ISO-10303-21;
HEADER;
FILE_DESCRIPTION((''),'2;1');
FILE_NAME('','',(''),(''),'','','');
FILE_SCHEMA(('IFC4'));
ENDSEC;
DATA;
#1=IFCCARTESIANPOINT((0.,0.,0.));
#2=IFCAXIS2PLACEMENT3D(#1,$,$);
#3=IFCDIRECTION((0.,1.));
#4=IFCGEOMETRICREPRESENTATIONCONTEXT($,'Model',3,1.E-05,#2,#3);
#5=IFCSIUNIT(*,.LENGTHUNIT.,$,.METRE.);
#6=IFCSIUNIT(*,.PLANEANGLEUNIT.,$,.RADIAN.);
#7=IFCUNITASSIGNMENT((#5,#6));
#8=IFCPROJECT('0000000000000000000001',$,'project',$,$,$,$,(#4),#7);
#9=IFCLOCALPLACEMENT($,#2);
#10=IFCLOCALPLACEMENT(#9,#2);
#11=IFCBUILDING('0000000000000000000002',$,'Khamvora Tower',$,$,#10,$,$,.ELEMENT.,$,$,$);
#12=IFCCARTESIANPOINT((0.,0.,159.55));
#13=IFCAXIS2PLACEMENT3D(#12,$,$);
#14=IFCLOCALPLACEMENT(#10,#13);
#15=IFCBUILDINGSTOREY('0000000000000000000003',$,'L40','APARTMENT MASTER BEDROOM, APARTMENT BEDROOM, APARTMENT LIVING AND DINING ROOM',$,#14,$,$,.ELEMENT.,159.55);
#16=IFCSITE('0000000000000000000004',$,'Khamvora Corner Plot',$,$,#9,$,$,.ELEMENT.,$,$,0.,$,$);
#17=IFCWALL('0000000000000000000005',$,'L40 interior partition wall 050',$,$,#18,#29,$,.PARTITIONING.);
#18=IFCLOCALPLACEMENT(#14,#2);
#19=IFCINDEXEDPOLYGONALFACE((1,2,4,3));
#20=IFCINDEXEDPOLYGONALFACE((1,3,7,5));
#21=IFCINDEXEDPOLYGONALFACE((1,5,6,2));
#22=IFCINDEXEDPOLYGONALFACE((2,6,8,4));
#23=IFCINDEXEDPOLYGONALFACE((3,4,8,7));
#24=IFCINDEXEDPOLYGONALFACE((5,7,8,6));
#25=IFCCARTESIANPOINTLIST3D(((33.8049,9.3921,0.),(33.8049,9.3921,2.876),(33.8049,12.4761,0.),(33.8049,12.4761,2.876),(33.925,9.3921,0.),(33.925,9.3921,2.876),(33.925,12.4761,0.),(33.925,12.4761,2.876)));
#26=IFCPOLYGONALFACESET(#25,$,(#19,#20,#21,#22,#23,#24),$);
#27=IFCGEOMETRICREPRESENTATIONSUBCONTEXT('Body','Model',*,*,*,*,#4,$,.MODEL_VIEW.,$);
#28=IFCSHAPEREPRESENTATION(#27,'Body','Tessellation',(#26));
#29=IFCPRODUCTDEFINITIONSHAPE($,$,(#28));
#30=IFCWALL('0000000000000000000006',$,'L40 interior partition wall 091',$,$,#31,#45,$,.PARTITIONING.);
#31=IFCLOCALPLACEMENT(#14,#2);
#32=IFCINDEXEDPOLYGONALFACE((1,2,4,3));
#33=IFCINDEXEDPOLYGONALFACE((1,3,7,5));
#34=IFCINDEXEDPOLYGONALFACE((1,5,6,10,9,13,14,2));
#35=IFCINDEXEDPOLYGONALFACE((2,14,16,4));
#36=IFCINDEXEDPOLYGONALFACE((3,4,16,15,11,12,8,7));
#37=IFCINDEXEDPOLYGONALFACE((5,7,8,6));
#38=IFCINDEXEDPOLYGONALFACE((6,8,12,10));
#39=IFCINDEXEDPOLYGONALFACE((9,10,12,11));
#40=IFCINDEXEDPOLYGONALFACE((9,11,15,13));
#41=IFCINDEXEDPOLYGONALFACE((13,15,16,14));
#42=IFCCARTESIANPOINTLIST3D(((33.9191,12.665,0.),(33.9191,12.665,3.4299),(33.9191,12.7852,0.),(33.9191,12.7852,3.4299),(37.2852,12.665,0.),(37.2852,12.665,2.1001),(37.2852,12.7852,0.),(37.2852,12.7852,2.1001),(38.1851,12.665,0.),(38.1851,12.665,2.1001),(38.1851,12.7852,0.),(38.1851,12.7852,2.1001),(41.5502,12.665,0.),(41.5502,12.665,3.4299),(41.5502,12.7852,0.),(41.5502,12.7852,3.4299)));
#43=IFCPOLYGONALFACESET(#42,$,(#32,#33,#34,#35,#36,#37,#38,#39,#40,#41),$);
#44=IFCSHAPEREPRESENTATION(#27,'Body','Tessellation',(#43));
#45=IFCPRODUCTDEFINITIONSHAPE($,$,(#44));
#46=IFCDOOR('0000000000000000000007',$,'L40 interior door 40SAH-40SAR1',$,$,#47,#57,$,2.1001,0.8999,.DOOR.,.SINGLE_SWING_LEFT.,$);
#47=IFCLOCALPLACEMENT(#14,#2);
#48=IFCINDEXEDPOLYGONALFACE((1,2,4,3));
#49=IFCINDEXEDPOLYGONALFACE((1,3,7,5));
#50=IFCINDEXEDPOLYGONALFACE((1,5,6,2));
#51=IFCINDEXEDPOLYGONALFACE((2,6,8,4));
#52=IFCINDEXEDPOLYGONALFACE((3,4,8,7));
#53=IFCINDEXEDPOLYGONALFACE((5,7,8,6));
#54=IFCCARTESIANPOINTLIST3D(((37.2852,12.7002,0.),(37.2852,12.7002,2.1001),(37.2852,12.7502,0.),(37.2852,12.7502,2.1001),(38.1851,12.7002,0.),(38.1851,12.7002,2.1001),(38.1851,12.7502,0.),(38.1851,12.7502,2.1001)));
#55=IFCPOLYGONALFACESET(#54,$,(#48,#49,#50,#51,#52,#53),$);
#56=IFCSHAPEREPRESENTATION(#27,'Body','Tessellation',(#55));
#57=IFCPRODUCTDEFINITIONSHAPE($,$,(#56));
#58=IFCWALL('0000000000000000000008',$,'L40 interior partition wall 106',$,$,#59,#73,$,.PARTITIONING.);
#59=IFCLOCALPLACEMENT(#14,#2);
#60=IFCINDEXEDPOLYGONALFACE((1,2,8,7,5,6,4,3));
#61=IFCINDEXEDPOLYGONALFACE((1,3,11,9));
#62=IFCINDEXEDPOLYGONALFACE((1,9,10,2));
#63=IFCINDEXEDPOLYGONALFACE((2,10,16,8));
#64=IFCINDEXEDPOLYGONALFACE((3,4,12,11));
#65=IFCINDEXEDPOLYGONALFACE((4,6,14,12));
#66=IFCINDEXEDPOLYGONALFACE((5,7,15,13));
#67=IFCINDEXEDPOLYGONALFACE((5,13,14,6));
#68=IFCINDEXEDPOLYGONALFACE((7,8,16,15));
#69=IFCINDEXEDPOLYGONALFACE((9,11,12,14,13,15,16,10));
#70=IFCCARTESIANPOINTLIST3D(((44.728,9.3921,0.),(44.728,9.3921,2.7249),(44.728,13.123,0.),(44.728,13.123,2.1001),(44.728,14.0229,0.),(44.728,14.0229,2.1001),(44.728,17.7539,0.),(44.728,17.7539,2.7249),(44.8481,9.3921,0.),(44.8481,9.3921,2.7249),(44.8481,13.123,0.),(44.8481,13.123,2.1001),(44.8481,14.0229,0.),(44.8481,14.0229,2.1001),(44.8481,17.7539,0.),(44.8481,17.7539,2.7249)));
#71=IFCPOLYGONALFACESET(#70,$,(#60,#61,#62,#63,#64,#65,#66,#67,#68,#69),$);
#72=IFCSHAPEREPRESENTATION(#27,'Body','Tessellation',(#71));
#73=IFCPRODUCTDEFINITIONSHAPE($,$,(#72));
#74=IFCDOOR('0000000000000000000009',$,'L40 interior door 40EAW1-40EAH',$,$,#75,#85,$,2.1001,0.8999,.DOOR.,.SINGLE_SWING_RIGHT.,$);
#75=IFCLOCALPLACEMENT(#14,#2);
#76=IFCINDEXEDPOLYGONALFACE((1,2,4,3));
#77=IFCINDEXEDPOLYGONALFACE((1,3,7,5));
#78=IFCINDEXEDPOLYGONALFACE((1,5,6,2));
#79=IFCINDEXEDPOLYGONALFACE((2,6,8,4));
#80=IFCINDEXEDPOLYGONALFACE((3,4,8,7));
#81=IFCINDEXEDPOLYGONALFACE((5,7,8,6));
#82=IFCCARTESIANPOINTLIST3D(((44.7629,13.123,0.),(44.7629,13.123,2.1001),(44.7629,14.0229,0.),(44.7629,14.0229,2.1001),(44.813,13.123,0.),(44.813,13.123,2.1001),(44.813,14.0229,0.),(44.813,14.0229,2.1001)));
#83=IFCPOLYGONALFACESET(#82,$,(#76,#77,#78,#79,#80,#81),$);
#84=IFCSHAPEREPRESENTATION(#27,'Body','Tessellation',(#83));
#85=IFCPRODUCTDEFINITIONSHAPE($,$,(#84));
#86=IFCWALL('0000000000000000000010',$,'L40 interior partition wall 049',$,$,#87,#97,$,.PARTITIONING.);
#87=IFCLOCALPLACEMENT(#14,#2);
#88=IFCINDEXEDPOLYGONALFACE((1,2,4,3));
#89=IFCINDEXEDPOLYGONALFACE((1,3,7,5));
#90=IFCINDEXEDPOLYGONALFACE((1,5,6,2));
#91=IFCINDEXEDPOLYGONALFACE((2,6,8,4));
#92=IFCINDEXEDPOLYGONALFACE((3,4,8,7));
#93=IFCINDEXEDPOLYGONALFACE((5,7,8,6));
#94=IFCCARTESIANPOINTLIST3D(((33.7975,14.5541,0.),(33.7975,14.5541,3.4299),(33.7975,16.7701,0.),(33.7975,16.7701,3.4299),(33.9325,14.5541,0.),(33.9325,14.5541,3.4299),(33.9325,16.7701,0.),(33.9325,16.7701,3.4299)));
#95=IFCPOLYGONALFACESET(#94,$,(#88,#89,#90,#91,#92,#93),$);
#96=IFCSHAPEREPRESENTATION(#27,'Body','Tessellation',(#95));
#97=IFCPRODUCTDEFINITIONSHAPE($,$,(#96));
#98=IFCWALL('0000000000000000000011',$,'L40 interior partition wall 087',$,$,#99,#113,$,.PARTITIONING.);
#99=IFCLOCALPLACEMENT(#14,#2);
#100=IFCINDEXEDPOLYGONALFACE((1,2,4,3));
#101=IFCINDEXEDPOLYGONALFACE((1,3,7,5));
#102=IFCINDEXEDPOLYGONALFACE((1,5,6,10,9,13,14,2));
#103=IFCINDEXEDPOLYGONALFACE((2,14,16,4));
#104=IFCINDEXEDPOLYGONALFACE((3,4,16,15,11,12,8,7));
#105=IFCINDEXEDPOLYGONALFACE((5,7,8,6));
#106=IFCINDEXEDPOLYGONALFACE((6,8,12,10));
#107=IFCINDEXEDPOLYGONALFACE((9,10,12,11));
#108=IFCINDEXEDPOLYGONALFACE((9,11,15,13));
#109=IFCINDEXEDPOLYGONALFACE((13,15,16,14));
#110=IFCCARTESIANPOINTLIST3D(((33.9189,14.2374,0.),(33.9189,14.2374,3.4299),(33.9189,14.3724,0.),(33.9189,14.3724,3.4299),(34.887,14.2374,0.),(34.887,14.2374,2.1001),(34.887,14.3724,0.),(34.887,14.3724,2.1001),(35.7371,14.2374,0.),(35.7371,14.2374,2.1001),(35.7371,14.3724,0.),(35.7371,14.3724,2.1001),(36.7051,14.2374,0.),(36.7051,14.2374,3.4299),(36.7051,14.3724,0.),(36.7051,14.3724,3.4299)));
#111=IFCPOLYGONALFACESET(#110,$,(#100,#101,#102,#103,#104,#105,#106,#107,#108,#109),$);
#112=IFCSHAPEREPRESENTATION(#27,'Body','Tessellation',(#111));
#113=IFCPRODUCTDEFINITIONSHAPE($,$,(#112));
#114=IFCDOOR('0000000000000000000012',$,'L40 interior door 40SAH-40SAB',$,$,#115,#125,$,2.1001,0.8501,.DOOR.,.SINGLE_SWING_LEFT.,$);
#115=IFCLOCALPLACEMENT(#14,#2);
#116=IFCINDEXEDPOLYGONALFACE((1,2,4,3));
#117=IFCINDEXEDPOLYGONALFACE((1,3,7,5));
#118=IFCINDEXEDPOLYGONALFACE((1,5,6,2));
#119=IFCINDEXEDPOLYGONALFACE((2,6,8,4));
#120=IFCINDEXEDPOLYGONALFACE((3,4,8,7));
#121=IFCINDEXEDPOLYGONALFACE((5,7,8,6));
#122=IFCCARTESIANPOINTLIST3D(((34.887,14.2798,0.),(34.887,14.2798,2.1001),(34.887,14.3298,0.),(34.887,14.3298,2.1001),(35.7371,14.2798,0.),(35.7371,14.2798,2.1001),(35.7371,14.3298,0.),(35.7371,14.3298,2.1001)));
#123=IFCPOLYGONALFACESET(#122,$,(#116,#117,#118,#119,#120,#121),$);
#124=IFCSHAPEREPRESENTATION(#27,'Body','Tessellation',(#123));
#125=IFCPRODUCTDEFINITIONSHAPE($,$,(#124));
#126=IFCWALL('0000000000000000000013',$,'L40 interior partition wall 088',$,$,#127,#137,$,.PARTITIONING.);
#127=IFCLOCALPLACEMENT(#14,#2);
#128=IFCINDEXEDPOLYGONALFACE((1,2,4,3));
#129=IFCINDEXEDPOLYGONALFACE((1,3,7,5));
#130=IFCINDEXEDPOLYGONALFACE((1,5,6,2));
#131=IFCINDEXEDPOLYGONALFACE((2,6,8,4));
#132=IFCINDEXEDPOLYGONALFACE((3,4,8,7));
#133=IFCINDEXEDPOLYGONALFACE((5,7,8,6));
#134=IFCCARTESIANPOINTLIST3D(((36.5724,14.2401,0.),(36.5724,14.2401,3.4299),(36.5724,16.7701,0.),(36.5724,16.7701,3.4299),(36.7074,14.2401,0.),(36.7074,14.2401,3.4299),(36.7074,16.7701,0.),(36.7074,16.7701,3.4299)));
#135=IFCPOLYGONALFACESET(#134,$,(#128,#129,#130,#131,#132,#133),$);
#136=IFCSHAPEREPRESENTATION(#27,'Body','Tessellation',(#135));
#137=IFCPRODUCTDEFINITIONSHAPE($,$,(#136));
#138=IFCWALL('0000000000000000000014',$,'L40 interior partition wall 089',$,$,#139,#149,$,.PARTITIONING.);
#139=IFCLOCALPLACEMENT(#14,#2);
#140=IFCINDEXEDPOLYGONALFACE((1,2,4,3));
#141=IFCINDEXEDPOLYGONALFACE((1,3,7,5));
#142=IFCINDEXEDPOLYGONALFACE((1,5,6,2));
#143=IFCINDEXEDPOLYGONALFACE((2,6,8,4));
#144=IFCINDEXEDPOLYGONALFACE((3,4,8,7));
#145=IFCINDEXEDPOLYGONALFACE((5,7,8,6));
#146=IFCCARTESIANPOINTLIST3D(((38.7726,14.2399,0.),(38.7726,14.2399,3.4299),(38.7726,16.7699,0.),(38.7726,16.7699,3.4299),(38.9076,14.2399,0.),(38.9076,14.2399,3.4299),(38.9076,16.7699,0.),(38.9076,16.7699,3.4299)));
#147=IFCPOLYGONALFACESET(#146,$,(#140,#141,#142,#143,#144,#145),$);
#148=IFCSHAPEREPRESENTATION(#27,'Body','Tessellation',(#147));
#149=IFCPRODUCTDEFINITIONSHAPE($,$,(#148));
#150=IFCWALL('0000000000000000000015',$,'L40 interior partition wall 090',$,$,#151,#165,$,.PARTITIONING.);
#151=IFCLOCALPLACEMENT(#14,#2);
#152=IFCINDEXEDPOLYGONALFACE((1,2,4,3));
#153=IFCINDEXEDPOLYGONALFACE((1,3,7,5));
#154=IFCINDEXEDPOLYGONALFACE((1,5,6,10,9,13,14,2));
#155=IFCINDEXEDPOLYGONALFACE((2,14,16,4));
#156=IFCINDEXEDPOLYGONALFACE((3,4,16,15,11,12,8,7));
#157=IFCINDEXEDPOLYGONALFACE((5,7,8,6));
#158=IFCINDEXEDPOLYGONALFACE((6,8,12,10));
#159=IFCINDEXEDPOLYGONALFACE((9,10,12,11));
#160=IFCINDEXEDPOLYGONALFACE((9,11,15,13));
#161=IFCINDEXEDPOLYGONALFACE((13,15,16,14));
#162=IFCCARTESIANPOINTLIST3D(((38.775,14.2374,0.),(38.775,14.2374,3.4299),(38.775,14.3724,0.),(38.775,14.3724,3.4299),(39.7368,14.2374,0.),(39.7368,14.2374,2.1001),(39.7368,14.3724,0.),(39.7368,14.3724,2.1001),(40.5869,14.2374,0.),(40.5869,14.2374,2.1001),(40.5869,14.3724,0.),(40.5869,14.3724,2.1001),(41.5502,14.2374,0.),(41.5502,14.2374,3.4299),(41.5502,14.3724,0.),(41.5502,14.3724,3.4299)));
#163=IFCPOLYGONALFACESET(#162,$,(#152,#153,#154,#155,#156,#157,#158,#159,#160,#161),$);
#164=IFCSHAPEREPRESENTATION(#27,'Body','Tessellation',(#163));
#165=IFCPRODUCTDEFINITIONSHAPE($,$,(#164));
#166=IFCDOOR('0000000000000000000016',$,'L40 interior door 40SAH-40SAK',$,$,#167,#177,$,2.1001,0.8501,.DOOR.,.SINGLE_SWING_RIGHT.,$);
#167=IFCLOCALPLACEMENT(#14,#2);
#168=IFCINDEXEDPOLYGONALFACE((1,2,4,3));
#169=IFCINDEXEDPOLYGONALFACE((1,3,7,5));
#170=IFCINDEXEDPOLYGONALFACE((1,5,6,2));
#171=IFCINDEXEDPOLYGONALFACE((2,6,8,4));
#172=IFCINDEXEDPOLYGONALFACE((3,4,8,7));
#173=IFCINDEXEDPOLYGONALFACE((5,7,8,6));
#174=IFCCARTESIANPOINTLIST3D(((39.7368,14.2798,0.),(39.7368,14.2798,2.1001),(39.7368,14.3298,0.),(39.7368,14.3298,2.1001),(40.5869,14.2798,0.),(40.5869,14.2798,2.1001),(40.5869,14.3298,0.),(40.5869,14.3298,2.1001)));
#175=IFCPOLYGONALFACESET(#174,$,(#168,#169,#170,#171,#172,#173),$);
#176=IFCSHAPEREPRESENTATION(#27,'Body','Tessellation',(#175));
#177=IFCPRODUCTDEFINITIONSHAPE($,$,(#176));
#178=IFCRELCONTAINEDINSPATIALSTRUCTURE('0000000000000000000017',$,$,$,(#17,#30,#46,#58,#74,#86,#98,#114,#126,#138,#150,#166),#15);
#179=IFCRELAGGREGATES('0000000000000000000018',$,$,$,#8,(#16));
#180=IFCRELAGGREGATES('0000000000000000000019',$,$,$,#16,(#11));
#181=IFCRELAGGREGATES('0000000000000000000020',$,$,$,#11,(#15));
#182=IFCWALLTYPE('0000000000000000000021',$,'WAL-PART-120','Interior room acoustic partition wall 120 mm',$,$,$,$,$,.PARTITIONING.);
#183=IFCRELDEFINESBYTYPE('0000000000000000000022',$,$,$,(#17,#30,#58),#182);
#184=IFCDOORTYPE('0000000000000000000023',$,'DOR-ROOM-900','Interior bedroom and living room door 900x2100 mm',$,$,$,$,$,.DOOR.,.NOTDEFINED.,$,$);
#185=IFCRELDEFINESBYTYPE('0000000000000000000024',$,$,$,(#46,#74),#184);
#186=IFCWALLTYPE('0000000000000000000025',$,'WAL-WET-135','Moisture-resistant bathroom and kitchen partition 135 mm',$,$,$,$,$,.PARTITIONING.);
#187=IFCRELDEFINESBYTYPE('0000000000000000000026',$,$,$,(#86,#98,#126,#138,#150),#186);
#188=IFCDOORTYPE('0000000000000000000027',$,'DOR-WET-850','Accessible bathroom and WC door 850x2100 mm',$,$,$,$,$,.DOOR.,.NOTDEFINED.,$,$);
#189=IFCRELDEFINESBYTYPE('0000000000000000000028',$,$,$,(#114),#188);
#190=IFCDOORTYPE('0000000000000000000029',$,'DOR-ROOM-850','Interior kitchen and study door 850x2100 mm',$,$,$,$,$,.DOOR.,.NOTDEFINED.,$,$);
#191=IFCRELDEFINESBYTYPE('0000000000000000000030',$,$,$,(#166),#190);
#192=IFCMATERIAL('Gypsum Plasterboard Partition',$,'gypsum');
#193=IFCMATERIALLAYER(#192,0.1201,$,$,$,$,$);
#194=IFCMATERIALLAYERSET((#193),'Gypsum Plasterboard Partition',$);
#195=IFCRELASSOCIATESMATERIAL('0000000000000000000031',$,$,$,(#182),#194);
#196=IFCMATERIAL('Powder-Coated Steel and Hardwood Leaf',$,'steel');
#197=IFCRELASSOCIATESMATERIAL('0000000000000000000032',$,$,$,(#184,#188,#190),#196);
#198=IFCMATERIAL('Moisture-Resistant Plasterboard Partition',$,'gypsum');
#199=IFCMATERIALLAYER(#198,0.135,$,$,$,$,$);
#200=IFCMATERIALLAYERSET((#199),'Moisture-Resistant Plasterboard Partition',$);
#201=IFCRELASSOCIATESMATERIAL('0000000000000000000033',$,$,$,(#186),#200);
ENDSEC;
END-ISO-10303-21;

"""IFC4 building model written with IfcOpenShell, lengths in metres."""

from ifc_helpers import new_model, si_unit, direction, frame, frame_2d, origin, place, context, subcontext, project, spatial, rectangle, extrude, material, layer, layer_set, type_object, element, fill, save


model = new_model("IFC4")

# Units and contexts
model_context = context("Model", 3, precision=1e-05, world=origin(), true_north=direction((0.0, 1.0)))
body_context = subcontext(model_context, "Body", "Model", "MODEL_VIEW")
ifc_project = project(units=[si_unit("LENGTHUNIT", "METRE"), si_unit("PLANEANGLEUNIT", "RADIAN")], contexts=[model_context])

# Site, building, storey
site_placement = place(None, origin())
site = spatial("IfcSite", under=ifc_project, at=site_placement, Name="Khamvora Corner Plot", CompositionType="ELEMENT", RefElevation=0.0)
building_placement = place(site_placement, origin())
building = spatial("IfcBuilding", under=site, at=building_placement, Name="Khamvora Tower", CompositionType="ELEMENT")
storey_placement = place(building_placement, frame((0.0, 0.0, 159.55)))
storey = spatial("IfcBuildingStorey", under=building, at=storey_placement, Name="L40", Description="APARTMENT MASTER BEDROOM, APARTMENT BEDROOM, APARTMENT LIVING AND DINING ROOM", CompositionType="ELEMENT", Elevation=159.55)

# Shared definitions
ifc_material_1 = material(Name="Powder-Coated Steel and Hardwood Leaf", Category="steel")

# Wall
ifc_material_2 = material(Name="Gypsum Plasterboard Partition", Category="gypsum")
ifc_layer_1 = layer(ifc_material_2, 0.1201)
ifc_layer_set_1 = layer_set([ifc_layer_1], Name="Gypsum Plasterboard Partition")
wall_type_1 = type_object("IfcWallType", Name="WAL-PART-120", Description="Interior room acoustic partition wall 120 mm", PredefinedType="PARTITIONING", material=ifc_layer_set_1)
wall_1_placement = place(storey_placement, frame((33.865, 12.4761, 0.0), z_axis=(0.0, 0.0, 1.0), x_axis=(0.0, -1.0, 0.0)))
element("IfcWall", 1, at=wall_1_placement, inside=storey, type_object=wall_type_1, Name="L40 interior partition wall 050", PredefinedType="PARTITIONING", context=body_context, shape_type="SweptSolid", body=[
    extrude(rectangle(XDim=3.084, YDim=0.1201, at=frame_2d((1.542, 0.0))), origin(), (0.0, 0.0, 1.0), 2.876),
])

# Walls, openings, doors
wall_2_placement = place(storey_placement, frame((41.55, 12.7251, 0.0), z_axis=(0.0, 0.0, 1.0), x_axis=(-1.0, 0.0, 0.0)))
wall_2 = element("IfcWall", 2, at=wall_2_placement, inside=storey, type_object=wall_type_1, Name="L40 interior partition wall 091", PredefinedType="PARTITIONING", context=body_context, shape_type="SweptSolid", body=[
    extrude(rectangle(XDim=7.6311, YDim=0.1201, at=frame_2d((3.8154, 0.0))), origin(), (0.0, 0.0, 1.0), 3.4299),
])
opening_1_placement = place(wall_2_placement, frame((3.365, 0.0, 0.0)))
opening_1 = element("IfcOpeningElement", 3, at=opening_1_placement, cuts=wall_2, PredefinedType="OPENING", context=body_context, shape_type="SweptSolid", body=[
    extrude(rectangle(XDim=0.8999, YDim=2.1001, at=frame_2d((0.45, 1.05))), frame((0.0, 0.0701, 0.0), z_axis=(0.0, -1.0, 0.0), x_axis=(1.0, 0.0, 0.0)), (0.0, 0.0, 1.0), 0.1401),
])
door_type_1 = type_object("IfcDoorType", Name="DOR-ROOM-900", Description="Interior bedroom and living room door 900x2100 mm", OperationType="NOTDEFINED", PredefinedType="DOOR", material=ifc_material_1)
door_1_placement = place(opening_1_placement, origin())
door_1 = element("IfcDoor", 4, at=door_1_placement, inside=storey, type_object=door_type_1, Name="L40 interior door 40SAH-40SAR1", OperationType="SINGLE_SWING_LEFT", OverallHeight=2.1001, OverallWidth=0.8999, PredefinedType="DOOR", context=body_context, shape_type="SweptSolid", body=[
    extrude(rectangle(XDim=0.8999, YDim=2.1001, at=frame_2d((0.45, 1.05))), frame((0.0, 0.0249, 0.0), z_axis=(0.0, -1.0, 0.0), x_axis=(1.0, 0.0, 0.0)), (0.0, 0.0, 1.0), 0.05),
])
fill(opening_1, door_1)
wall_3_placement = place(storey_placement, frame((44.7881, 17.7539, 0.0), z_axis=(0.0, 0.0, 1.0), x_axis=(0.0, -1.0, 0.0)))
wall_3 = element("IfcWall", 5, at=wall_3_placement, inside=storey, type_object=wall_type_1, Name="L40 interior partition wall 106", PredefinedType="PARTITIONING", context=body_context, shape_type="SweptSolid", body=[
    extrude(rectangle(XDim=8.3618, YDim=0.1201, at=frame_2d((4.1809, 0.0))), origin(), (0.0, 0.0, 1.0), 2.7249),
])
opening_2_placement = place(wall_3_placement, frame((3.731, 0.0, 0.0)))
opening_2 = element("IfcOpeningElement", 6, at=opening_2_placement, cuts=wall_3, PredefinedType="OPENING", context=body_context, shape_type="SweptSolid", body=[
    extrude(rectangle(XDim=0.8999, YDim=2.1001, at=frame_2d((0.45, 1.05))), frame((0.0, 0.0701, 0.0), z_axis=(0.0, -1.0, 0.0), x_axis=(1.0, 0.0, 0.0)), (0.0, 0.0, 1.0), 0.1401),
])
door_2_placement = place(opening_2_placement, origin())
door_2 = element("IfcDoor", 7, at=door_2_placement, inside=storey, type_object=door_type_1, Name="L40 interior door 40EAW1-40EAH", OperationType="SINGLE_SWING_RIGHT", OverallHeight=2.1001, OverallWidth=0.8999, PredefinedType="DOOR", context=body_context, shape_type="SweptSolid", body=[
    extrude(rectangle(XDim=0.8999, YDim=2.1001, at=frame_2d((0.45, 1.05))), frame((0.0, 0.0249, 0.0), z_axis=(0.0, -1.0, 0.0), x_axis=(1.0, 0.0, 0.0)), (0.0, 0.0, 1.0), 0.05),
])
fill(opening_2, door_2)

# Wall
ifc_material_3 = material(Name="Moisture-Resistant Plasterboard Partition", Category="gypsum")
ifc_layer_2 = layer(ifc_material_3, 0.135)
ifc_layer_set_2 = layer_set([ifc_layer_2], Name="Moisture-Resistant Plasterboard Partition")
wall_type_2 = type_object("IfcWallType", Name="WAL-WET-135", Description="Moisture-resistant bathroom and kitchen partition 135 mm", PredefinedType="PARTITIONING", material=ifc_layer_set_2)
wall_4_placement = place(storey_placement, frame((33.865, 16.77, 0.0), z_axis=(0.0, 0.0, 1.0), x_axis=(0.0, -1.0, 0.0)))
element("IfcWall", 8, at=wall_4_placement, inside=storey, type_object=wall_type_2, Name="L40 interior partition wall 049", PredefinedType="PARTITIONING", context=body_context, shape_type="SweptSolid", body=[
    extrude(rectangle(XDim=2.2161, YDim=0.135, at=frame_2d((1.1079, 0.0))), origin(), (0.0, 0.0, 1.0), 3.4299),
])

# Wall, opening, door
wall_5_placement = place(storey_placement, frame((33.9189, 14.3049, 0.0), z_axis=(0.0, 0.0, 1.0), x_axis=(1.0, 0.0, 0.0)))
wall_5 = element("IfcWall", 9, at=wall_5_placement, inside=storey, type_object=wall_type_2, Name="L40 interior partition wall 087", PredefinedType="PARTITIONING", context=body_context, shape_type="SweptSolid", body=[
    extrude(rectangle(XDim=2.7861, YDim=0.135, at=frame_2d((1.3931, 0.0))), origin(), (0.0, 0.0, 1.0), 3.4299),
])
opening_3_placement = place(wall_5_placement, frame((0.968, 0.0, 0.0)))
opening_3 = element("IfcOpeningElement", 10, at=opening_3_placement, cuts=wall_5, PredefinedType="OPENING", context=body_context, shape_type="SweptSolid", body=[
    extrude(rectangle(XDim=0.8501, YDim=2.1001, at=frame_2d((0.425, 1.05))), frame((0.0, 0.0774, 0.0), z_axis=(0.0, -1.0, 0.0), x_axis=(1.0, 0.0, 0.0)), (0.0, 0.0, 1.0), 0.155),
])
door_type_2 = type_object("IfcDoorType", Name="DOR-WET-850", Description="Accessible bathroom and WC door 850x2100 mm", OperationType="NOTDEFINED", PredefinedType="DOOR", material=ifc_material_1)
door_3_placement = place(opening_3_placement, origin())
door_3 = element("IfcDoor", 11, at=door_3_placement, inside=storey, type_object=door_type_2, Name="L40 interior door 40SAH-40SAB", OperationType="SINGLE_SWING_LEFT", OverallHeight=2.1001, OverallWidth=0.8501, PredefinedType="DOOR", context=body_context, shape_type="SweptSolid", body=[
    extrude(rectangle(XDim=0.8501, YDim=2.1001, at=frame_2d((0.425, 1.05))), frame((0.0, 0.0249, 0.0), z_axis=(0.0, -1.0, 0.0), x_axis=(1.0, 0.0, 0.0)), (0.0, 0.0, 1.0), 0.05),
])
fill(opening_3, door_3)

# Walls
for number, where, z_axis, x_axis, name in (
    (12, (36.6399, 14.24, 0.0), (0.0, 0.0, 1.0), (0.0, 1.0, 0.0), "L40 interior partition wall 088"),
    (13, (38.8401, 16.77, 0.0), (0.0, 0.0, 1.0), (0.0, -1.0, 0.0), "L40 interior partition wall 089"),
):
    element("IfcWall", number, at=place(storey_placement, frame(where, z_axis=z_axis, x_axis=x_axis)), inside=storey, type_object=wall_type_2, Name=name, PredefinedType="PARTITIONING", context=body_context, shape_type="SweptSolid", body=[
        extrude(rectangle(XDim=2.53, YDim=0.135, at=frame_2d((1.2651, 0.0))), origin(), (0.0, 0.0, 1.0), 3.4299),
    ])

# Wall, opening, door
wall_6_placement = place(storey_placement, frame((38.7749, 14.3049, 0.0), z_axis=(0.0, 0.0, 1.0), x_axis=(1.0, 0.0, 0.0)))
wall_6 = element("IfcWall", 14, at=wall_6_placement, inside=storey, type_object=wall_type_2, Name="L40 interior partition wall 090", PredefinedType="PARTITIONING", context=body_context, shape_type="SweptSolid", body=[
    extrude(rectangle(XDim=2.7751, YDim=0.135, at=frame_2d((1.3877, 0.0))), origin(), (0.0, 0.0, 1.0), 3.4299),
])
opening_4_placement = place(wall_6_placement, frame((0.9619, 0.0, 0.0)))
opening_4 = element("IfcOpeningElement", 15, at=opening_4_placement, cuts=wall_6, PredefinedType="OPENING", context=body_context, shape_type="SweptSolid", body=[
    extrude(rectangle(XDim=0.8501, YDim=2.1001, at=frame_2d((0.425, 1.05))), frame((0.0, 0.0774, 0.0), z_axis=(0.0, -1.0, 0.0), x_axis=(1.0, 0.0, 0.0)), (0.0, 0.0, 1.0), 0.155),
])
door_type_3 = type_object("IfcDoorType", Name="DOR-ROOM-850", Description="Interior kitchen and study door 850x2100 mm", OperationType="NOTDEFINED", PredefinedType="DOOR", material=ifc_material_1)
door_4_placement = place(opening_4_placement, origin())
door_4 = element("IfcDoor", 16, at=door_4_placement, inside=storey, type_object=door_type_3, Name="L40 interior door 40SAH-40SAK", OperationType="SINGLE_SWING_RIGHT", OverallHeight=2.1001, OverallWidth=0.8501, PredefinedType="DOOR", context=body_context, shape_type="SweptSolid", body=[
    extrude(rectangle(XDim=0.8501, YDim=2.1001, at=frame_2d((0.425, 1.05))), frame((0.0, 0.0249, 0.0), z_axis=(0.0, -1.0, 0.0), x_axis=(1.0, 0.0, 0.0)), (0.0, 0.0, 1.0), 0.05),
])
fill(opening_4, door_4)

save(model, "model.ifc")
